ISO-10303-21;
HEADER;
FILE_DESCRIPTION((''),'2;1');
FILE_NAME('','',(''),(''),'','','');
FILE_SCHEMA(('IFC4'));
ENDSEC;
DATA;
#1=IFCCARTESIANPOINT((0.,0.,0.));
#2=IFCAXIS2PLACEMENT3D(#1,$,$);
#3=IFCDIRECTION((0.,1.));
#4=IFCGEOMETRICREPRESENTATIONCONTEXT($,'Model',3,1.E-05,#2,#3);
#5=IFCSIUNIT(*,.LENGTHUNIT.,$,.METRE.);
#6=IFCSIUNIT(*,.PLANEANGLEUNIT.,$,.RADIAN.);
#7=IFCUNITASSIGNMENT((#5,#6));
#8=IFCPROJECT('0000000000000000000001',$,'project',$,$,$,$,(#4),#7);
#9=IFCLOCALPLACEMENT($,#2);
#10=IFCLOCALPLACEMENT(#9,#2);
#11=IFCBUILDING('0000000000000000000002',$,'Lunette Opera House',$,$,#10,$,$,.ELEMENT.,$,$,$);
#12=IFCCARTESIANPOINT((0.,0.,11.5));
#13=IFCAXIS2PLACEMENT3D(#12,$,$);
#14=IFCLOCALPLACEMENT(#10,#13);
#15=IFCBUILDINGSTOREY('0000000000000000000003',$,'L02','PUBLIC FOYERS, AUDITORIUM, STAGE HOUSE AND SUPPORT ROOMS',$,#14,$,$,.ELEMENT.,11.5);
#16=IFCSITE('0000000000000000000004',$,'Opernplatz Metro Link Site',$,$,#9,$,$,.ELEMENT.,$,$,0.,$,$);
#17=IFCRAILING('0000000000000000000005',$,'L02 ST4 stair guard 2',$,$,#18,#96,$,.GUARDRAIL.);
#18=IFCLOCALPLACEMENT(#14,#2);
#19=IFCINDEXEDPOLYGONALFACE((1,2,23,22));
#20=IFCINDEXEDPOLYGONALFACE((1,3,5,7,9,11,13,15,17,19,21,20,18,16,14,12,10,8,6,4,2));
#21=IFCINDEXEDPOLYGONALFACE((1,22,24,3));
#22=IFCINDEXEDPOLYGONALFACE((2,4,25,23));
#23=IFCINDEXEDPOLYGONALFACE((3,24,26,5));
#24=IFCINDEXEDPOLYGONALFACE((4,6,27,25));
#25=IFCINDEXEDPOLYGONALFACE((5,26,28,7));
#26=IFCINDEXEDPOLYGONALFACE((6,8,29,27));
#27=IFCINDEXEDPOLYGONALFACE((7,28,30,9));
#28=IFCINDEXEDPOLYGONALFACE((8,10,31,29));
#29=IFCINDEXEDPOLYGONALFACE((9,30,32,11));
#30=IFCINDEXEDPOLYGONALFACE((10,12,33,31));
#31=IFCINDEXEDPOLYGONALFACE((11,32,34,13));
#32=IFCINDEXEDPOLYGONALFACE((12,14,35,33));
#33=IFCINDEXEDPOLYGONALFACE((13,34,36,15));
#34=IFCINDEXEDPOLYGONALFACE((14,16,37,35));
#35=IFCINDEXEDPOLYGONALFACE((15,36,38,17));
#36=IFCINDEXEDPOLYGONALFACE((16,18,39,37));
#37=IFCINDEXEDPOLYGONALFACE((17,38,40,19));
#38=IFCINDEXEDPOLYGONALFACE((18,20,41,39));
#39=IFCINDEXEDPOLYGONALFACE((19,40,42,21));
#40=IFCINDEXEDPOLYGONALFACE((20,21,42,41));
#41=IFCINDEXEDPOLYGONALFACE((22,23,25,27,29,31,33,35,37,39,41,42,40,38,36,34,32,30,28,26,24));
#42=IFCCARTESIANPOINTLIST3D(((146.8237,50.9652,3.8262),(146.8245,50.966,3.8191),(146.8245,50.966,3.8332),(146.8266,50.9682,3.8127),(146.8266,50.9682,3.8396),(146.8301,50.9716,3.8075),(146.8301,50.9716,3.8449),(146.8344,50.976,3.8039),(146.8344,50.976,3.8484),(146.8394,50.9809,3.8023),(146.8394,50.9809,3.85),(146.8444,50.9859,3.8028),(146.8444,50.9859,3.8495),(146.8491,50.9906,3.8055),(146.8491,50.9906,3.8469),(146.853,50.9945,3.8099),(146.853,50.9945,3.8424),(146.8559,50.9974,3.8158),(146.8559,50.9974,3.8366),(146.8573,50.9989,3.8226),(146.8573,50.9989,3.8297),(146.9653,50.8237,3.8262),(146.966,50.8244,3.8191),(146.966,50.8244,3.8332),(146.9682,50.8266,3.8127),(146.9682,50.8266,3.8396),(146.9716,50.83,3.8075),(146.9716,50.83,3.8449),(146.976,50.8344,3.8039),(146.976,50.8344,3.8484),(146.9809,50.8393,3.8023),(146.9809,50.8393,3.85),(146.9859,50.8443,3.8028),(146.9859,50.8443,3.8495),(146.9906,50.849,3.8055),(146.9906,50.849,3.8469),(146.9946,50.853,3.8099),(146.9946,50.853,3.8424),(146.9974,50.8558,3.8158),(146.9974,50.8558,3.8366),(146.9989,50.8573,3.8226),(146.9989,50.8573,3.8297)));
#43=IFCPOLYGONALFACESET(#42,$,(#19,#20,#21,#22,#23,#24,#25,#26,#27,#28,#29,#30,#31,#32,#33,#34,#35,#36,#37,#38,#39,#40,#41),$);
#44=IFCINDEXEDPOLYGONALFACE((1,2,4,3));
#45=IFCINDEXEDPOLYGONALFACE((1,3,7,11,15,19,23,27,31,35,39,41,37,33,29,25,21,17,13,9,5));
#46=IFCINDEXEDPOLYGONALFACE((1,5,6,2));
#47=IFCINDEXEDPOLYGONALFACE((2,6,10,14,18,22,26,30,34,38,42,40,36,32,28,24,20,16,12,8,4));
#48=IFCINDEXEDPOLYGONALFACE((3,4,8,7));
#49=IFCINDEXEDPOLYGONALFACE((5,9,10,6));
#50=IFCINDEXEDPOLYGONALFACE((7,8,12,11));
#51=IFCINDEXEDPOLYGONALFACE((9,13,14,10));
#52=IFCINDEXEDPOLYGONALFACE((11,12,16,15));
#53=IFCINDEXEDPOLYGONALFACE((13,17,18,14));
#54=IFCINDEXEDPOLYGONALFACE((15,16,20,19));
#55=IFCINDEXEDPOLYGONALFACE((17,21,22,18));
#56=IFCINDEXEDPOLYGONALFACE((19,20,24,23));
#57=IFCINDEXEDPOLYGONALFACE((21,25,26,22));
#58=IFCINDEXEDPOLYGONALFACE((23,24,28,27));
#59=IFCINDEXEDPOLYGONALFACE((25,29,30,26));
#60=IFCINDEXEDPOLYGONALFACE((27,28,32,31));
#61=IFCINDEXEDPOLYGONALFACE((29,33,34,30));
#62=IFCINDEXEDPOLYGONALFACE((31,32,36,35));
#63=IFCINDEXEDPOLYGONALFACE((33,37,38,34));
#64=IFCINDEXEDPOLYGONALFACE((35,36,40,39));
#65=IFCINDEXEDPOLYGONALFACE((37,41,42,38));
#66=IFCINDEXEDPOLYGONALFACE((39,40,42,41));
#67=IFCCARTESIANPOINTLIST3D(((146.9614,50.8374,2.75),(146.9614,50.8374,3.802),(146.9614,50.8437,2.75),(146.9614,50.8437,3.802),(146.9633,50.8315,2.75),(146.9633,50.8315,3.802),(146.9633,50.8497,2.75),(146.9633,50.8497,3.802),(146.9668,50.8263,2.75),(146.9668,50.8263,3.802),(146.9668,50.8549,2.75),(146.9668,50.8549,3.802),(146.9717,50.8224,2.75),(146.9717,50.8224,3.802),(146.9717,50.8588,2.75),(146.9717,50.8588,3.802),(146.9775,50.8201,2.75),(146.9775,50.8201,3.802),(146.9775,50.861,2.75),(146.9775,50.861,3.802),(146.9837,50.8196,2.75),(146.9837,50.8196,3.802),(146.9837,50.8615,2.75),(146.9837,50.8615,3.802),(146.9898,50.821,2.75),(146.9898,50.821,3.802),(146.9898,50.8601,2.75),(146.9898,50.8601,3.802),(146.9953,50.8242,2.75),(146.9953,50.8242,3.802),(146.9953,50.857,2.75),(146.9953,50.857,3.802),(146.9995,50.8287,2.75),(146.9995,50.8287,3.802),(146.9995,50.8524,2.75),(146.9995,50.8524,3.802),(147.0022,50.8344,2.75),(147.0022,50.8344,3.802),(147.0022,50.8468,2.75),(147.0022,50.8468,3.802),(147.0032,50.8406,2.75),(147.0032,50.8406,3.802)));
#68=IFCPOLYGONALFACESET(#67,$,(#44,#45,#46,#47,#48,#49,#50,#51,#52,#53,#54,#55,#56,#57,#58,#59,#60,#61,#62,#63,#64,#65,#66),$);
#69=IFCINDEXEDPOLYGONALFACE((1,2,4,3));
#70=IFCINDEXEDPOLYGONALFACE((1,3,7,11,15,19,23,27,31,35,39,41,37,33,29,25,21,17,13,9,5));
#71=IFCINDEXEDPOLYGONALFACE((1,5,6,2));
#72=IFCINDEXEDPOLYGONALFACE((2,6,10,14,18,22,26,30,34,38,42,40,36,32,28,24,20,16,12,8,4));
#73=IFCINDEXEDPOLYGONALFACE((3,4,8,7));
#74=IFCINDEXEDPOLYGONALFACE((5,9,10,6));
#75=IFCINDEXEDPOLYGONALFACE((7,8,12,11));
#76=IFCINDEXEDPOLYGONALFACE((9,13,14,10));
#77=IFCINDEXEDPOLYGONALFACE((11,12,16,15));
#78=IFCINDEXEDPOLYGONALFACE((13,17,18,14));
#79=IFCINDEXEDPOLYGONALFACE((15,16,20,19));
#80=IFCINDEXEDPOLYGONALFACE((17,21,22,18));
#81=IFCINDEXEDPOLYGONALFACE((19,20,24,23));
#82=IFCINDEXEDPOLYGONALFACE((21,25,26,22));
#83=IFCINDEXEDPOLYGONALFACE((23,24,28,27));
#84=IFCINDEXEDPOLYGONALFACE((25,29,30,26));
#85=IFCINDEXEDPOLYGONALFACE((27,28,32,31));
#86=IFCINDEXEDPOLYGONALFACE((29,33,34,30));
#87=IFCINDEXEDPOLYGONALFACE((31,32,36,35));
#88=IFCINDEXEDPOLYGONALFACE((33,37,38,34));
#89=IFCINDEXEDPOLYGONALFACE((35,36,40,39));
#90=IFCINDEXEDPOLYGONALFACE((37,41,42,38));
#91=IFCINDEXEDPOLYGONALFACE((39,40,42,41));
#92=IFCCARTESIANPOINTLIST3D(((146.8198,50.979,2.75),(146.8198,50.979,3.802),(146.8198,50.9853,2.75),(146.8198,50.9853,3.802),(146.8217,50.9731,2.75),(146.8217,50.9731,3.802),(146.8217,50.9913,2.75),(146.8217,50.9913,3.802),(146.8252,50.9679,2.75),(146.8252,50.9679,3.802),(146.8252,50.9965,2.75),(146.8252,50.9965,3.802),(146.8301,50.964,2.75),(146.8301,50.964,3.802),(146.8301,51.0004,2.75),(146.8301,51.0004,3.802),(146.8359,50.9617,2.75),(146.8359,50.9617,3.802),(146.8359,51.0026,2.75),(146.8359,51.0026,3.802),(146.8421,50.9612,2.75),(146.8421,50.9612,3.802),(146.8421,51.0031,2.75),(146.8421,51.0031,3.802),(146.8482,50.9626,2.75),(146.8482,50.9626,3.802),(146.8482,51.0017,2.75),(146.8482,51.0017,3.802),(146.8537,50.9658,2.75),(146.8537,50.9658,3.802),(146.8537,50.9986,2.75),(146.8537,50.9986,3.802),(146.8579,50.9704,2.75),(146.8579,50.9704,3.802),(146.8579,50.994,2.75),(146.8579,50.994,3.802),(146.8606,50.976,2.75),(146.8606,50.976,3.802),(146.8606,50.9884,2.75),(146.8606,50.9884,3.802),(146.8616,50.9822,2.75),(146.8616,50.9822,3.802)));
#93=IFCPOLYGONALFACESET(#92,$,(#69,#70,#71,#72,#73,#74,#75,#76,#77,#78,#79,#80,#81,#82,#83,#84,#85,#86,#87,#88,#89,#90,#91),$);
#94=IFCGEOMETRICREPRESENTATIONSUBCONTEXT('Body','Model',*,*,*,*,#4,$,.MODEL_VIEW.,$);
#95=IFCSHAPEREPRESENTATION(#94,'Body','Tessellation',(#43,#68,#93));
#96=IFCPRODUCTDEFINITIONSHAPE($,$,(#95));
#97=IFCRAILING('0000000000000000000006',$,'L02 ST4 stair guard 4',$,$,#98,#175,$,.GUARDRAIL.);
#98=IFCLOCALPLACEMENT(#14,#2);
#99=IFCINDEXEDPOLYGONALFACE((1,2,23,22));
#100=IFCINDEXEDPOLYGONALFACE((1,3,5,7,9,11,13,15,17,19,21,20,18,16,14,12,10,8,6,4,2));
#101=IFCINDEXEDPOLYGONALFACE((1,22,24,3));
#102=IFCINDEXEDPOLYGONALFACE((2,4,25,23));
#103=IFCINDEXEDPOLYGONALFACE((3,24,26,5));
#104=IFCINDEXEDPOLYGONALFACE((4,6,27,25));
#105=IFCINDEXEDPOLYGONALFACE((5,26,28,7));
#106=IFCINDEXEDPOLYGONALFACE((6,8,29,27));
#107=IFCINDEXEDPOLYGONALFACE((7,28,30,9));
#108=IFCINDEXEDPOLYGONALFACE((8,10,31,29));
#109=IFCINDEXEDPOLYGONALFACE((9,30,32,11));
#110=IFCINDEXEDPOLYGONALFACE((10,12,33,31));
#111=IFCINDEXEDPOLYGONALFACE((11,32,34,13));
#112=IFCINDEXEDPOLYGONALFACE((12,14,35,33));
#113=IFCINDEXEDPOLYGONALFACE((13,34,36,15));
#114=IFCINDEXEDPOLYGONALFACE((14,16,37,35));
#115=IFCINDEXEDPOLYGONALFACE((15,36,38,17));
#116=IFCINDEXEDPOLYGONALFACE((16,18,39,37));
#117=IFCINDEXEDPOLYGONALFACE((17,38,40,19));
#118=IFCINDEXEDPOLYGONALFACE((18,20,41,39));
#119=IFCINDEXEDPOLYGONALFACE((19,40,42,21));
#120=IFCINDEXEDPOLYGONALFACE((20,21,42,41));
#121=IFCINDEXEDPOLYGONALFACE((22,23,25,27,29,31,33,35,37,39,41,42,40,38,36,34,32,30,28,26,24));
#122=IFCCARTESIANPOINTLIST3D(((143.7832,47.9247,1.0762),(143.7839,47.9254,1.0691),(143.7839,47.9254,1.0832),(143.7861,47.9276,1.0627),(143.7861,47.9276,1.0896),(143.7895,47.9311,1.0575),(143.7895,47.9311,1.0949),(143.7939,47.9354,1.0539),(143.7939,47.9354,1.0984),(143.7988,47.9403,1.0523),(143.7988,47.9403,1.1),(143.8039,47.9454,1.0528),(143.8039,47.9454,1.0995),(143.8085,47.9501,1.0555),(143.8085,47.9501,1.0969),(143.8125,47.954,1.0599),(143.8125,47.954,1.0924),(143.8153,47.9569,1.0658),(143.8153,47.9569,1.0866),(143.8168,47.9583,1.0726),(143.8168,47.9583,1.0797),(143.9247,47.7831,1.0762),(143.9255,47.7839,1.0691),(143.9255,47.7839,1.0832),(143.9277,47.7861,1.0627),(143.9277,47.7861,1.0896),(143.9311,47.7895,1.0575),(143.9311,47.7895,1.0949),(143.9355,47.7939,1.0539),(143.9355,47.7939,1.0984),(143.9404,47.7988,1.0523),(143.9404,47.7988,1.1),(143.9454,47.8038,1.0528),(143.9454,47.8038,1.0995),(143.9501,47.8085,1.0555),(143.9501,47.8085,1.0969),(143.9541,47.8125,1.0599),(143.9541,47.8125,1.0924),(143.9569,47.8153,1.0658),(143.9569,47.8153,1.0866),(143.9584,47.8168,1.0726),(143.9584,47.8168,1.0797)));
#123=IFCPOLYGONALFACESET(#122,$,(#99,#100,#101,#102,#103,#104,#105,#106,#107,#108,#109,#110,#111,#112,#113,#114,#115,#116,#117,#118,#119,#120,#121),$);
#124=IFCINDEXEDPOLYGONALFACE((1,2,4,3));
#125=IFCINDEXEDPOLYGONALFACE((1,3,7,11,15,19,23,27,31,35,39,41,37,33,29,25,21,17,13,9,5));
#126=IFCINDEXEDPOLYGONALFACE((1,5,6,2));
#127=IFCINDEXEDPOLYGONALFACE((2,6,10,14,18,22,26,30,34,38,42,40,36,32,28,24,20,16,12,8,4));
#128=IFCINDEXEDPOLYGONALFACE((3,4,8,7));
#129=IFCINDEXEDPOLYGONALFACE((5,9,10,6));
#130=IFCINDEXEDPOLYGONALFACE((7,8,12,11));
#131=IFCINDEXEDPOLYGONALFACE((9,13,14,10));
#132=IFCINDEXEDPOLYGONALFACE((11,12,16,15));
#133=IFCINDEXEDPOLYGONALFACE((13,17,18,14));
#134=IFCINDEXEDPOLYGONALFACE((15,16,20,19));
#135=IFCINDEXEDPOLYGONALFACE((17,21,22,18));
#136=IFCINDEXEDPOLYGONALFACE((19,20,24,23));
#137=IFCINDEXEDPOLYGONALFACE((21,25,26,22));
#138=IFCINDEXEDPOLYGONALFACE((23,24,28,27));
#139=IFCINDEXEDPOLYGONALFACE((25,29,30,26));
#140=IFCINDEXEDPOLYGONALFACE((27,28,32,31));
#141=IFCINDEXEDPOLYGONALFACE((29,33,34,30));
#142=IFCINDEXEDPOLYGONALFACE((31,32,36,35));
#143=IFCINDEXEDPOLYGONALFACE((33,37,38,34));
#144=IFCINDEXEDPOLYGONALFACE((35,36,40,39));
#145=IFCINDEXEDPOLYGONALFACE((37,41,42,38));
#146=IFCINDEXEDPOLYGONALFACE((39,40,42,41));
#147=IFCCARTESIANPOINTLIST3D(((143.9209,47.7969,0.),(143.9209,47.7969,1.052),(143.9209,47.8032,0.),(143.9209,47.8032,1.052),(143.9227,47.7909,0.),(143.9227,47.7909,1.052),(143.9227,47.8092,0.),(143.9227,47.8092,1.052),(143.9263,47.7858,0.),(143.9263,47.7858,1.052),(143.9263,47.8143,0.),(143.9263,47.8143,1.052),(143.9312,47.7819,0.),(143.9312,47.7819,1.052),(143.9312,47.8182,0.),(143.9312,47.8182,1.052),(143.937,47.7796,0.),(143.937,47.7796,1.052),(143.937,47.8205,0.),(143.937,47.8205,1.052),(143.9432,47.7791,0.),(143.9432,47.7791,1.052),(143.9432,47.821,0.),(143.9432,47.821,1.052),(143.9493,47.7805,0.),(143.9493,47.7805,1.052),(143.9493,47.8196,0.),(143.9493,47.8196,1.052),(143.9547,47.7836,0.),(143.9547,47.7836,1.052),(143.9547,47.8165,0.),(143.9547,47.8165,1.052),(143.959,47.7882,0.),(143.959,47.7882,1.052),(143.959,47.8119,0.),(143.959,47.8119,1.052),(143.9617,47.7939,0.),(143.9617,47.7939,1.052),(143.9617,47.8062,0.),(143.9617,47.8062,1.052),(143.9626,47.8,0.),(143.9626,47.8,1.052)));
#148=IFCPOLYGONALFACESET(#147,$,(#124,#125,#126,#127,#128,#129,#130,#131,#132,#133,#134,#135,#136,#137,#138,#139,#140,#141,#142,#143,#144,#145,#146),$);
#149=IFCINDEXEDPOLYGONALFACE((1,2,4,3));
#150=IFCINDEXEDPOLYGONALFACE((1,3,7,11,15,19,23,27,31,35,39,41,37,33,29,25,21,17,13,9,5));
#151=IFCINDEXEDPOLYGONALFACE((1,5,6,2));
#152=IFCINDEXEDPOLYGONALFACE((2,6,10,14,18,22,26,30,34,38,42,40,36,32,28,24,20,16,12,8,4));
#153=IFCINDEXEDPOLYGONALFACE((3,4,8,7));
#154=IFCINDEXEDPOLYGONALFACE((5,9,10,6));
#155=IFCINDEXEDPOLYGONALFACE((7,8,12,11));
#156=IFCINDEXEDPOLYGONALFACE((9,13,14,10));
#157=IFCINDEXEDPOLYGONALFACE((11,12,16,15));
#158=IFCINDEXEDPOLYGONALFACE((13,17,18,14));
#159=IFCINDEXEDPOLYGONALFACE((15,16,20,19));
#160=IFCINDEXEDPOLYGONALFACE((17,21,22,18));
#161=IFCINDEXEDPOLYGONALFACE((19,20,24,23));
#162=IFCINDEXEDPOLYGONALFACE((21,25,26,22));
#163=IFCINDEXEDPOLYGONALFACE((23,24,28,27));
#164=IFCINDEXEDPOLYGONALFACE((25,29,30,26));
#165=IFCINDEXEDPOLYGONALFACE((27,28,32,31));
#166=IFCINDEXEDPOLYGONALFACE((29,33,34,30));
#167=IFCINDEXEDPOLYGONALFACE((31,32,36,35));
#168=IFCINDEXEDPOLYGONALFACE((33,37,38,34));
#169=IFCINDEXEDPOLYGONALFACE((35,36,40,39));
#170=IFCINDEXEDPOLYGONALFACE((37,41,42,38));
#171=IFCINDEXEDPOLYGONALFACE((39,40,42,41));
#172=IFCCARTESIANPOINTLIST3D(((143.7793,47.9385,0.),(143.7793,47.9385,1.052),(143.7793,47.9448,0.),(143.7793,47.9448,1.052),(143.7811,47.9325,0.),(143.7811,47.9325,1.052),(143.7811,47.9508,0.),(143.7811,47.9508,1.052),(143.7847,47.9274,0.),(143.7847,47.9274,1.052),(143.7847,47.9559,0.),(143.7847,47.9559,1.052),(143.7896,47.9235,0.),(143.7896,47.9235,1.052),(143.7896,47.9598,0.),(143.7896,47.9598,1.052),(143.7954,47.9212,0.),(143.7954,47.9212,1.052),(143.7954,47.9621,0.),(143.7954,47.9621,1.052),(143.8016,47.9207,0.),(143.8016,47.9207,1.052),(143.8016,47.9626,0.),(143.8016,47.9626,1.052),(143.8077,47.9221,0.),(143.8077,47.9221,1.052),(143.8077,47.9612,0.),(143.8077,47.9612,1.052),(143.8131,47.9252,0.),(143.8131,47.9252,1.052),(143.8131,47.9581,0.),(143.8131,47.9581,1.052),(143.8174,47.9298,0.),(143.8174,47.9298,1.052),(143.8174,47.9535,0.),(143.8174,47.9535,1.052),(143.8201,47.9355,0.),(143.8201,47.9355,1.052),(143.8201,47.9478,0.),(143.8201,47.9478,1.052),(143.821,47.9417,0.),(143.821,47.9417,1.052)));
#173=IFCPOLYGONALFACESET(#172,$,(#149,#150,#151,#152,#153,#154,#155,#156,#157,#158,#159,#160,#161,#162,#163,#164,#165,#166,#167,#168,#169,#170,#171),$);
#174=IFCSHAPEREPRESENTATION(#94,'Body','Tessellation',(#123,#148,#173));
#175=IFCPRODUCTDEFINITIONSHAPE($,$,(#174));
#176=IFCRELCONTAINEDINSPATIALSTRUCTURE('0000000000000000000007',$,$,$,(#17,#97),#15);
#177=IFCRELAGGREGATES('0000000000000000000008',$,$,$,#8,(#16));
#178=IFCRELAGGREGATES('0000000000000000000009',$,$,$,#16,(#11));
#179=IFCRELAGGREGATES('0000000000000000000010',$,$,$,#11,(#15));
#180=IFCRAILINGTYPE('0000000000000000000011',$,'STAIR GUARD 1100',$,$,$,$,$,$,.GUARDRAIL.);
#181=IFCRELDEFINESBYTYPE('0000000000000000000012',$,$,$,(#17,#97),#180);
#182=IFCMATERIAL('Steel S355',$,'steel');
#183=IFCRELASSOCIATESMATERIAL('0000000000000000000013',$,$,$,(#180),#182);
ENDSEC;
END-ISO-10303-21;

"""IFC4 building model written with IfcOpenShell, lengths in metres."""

from ifc_helpers import new_model, si_unit, direction, frame, origin, origin_2d, place, context, subcontext, project, spatial, circle, extrude, material, type_object, element, save


model = new_model("IFC4")

# Units and contexts
model_context = context("Model", 3, precision=1e-05, world=origin(), true_north=direction((0.0, 1.0)))
body_context = subcontext(model_context, "Body", "Model", "MODEL_VIEW")
ifc_project = project(units=[si_unit("LENGTHUNIT", "METRE"), si_unit("PLANEANGLEUNIT", "RADIAN")], contexts=[model_context])

# Site, building, storey
site_placement = place(None, origin())
site = spatial("IfcSite", under=ifc_project, at=site_placement, Name="Opernplatz Metro Link Site", CompositionType="ELEMENT", RefElevation=0.0)
building_placement = place(site_placement, origin())
building = spatial("IfcBuilding", under=site, at=building_placement, Name="Lunette Opera House", CompositionType="ELEMENT")
storey_placement = place(building_placement, frame((0.0, 0.0, 11.5)))
storey = spatial("IfcBuildingStorey", under=building, at=storey_placement, Name="L02", Description="PUBLIC FOYERS, AUDITORIUM, STAGE HOUSE AND SUPPORT ROOMS", CompositionType="ELEMENT", Elevation=11.5)

# Railings
ifc_material_1 = material(Name="Steel S355", Category="steel")
railing_type_1 = type_object("IfcRailingType", Name="STAIR GUARD 1100", PredefinedType="GUARDRAIL", material=ifc_material_1)
railing_1_placement = place(storey_placement, frame((146.9822, 50.8406, 2.75)))
element("IfcRailing", 1, at=railing_1_placement, inside=storey, type_object=railing_type_1, Name="L02 ST4 stair guard 2", PredefinedType="GUARDRAIL", context=body_context, shape_type="SweptSolid", body=[
    extrude(circle(Radius=0.0239, at=origin_2d()), frame((0.0, 0.0, 1.0762), z_axis=(-0.707107, 0.707107, 0.0), x_axis=(-0.707107, -0.707107, 0.0)), (0.0, 0.0, 1.0), 0.2002),
    extrude(circle(Radius=0.021, at=origin_2d()), origin(), (0.0, 0.0, 1.0), 1.052),
    extrude(circle(Radius=0.021, at=origin_2d()), frame((-0.1416, 0.1416, 0.0)), (0.0, 0.0, 1.0), 1.052),
])
railing_2_placement = place(storey_placement, frame((143.9417, 47.8, 0.0)))
element("IfcRailing", 2, at=railing_2_placement, inside=storey, type_object=railing_type_1, Name="L02 ST4 stair guard 4", PredefinedType="GUARDRAIL", context=body_context, shape_type="SweptSolid", body=[
    extrude(circle(Radius=0.0239, at=origin_2d()), frame((0.0, 0.0, 1.0762), z_axis=(-0.707107, 0.707107, 0.0), x_axis=(-0.707107, -0.707107, 0.0)), (0.0, 0.0, 1.0), 0.2002),
    extrude(circle(Radius=0.021, at=origin_2d()), origin(), (0.0, 0.0, 1.0), 1.052),
    extrude(circle(Radius=0.021, at=origin_2d()), frame((-0.1416, 0.1416, 0.0)), (0.0, 0.0, 1.0), 1.052),
])

save(model, "model.ifc")
